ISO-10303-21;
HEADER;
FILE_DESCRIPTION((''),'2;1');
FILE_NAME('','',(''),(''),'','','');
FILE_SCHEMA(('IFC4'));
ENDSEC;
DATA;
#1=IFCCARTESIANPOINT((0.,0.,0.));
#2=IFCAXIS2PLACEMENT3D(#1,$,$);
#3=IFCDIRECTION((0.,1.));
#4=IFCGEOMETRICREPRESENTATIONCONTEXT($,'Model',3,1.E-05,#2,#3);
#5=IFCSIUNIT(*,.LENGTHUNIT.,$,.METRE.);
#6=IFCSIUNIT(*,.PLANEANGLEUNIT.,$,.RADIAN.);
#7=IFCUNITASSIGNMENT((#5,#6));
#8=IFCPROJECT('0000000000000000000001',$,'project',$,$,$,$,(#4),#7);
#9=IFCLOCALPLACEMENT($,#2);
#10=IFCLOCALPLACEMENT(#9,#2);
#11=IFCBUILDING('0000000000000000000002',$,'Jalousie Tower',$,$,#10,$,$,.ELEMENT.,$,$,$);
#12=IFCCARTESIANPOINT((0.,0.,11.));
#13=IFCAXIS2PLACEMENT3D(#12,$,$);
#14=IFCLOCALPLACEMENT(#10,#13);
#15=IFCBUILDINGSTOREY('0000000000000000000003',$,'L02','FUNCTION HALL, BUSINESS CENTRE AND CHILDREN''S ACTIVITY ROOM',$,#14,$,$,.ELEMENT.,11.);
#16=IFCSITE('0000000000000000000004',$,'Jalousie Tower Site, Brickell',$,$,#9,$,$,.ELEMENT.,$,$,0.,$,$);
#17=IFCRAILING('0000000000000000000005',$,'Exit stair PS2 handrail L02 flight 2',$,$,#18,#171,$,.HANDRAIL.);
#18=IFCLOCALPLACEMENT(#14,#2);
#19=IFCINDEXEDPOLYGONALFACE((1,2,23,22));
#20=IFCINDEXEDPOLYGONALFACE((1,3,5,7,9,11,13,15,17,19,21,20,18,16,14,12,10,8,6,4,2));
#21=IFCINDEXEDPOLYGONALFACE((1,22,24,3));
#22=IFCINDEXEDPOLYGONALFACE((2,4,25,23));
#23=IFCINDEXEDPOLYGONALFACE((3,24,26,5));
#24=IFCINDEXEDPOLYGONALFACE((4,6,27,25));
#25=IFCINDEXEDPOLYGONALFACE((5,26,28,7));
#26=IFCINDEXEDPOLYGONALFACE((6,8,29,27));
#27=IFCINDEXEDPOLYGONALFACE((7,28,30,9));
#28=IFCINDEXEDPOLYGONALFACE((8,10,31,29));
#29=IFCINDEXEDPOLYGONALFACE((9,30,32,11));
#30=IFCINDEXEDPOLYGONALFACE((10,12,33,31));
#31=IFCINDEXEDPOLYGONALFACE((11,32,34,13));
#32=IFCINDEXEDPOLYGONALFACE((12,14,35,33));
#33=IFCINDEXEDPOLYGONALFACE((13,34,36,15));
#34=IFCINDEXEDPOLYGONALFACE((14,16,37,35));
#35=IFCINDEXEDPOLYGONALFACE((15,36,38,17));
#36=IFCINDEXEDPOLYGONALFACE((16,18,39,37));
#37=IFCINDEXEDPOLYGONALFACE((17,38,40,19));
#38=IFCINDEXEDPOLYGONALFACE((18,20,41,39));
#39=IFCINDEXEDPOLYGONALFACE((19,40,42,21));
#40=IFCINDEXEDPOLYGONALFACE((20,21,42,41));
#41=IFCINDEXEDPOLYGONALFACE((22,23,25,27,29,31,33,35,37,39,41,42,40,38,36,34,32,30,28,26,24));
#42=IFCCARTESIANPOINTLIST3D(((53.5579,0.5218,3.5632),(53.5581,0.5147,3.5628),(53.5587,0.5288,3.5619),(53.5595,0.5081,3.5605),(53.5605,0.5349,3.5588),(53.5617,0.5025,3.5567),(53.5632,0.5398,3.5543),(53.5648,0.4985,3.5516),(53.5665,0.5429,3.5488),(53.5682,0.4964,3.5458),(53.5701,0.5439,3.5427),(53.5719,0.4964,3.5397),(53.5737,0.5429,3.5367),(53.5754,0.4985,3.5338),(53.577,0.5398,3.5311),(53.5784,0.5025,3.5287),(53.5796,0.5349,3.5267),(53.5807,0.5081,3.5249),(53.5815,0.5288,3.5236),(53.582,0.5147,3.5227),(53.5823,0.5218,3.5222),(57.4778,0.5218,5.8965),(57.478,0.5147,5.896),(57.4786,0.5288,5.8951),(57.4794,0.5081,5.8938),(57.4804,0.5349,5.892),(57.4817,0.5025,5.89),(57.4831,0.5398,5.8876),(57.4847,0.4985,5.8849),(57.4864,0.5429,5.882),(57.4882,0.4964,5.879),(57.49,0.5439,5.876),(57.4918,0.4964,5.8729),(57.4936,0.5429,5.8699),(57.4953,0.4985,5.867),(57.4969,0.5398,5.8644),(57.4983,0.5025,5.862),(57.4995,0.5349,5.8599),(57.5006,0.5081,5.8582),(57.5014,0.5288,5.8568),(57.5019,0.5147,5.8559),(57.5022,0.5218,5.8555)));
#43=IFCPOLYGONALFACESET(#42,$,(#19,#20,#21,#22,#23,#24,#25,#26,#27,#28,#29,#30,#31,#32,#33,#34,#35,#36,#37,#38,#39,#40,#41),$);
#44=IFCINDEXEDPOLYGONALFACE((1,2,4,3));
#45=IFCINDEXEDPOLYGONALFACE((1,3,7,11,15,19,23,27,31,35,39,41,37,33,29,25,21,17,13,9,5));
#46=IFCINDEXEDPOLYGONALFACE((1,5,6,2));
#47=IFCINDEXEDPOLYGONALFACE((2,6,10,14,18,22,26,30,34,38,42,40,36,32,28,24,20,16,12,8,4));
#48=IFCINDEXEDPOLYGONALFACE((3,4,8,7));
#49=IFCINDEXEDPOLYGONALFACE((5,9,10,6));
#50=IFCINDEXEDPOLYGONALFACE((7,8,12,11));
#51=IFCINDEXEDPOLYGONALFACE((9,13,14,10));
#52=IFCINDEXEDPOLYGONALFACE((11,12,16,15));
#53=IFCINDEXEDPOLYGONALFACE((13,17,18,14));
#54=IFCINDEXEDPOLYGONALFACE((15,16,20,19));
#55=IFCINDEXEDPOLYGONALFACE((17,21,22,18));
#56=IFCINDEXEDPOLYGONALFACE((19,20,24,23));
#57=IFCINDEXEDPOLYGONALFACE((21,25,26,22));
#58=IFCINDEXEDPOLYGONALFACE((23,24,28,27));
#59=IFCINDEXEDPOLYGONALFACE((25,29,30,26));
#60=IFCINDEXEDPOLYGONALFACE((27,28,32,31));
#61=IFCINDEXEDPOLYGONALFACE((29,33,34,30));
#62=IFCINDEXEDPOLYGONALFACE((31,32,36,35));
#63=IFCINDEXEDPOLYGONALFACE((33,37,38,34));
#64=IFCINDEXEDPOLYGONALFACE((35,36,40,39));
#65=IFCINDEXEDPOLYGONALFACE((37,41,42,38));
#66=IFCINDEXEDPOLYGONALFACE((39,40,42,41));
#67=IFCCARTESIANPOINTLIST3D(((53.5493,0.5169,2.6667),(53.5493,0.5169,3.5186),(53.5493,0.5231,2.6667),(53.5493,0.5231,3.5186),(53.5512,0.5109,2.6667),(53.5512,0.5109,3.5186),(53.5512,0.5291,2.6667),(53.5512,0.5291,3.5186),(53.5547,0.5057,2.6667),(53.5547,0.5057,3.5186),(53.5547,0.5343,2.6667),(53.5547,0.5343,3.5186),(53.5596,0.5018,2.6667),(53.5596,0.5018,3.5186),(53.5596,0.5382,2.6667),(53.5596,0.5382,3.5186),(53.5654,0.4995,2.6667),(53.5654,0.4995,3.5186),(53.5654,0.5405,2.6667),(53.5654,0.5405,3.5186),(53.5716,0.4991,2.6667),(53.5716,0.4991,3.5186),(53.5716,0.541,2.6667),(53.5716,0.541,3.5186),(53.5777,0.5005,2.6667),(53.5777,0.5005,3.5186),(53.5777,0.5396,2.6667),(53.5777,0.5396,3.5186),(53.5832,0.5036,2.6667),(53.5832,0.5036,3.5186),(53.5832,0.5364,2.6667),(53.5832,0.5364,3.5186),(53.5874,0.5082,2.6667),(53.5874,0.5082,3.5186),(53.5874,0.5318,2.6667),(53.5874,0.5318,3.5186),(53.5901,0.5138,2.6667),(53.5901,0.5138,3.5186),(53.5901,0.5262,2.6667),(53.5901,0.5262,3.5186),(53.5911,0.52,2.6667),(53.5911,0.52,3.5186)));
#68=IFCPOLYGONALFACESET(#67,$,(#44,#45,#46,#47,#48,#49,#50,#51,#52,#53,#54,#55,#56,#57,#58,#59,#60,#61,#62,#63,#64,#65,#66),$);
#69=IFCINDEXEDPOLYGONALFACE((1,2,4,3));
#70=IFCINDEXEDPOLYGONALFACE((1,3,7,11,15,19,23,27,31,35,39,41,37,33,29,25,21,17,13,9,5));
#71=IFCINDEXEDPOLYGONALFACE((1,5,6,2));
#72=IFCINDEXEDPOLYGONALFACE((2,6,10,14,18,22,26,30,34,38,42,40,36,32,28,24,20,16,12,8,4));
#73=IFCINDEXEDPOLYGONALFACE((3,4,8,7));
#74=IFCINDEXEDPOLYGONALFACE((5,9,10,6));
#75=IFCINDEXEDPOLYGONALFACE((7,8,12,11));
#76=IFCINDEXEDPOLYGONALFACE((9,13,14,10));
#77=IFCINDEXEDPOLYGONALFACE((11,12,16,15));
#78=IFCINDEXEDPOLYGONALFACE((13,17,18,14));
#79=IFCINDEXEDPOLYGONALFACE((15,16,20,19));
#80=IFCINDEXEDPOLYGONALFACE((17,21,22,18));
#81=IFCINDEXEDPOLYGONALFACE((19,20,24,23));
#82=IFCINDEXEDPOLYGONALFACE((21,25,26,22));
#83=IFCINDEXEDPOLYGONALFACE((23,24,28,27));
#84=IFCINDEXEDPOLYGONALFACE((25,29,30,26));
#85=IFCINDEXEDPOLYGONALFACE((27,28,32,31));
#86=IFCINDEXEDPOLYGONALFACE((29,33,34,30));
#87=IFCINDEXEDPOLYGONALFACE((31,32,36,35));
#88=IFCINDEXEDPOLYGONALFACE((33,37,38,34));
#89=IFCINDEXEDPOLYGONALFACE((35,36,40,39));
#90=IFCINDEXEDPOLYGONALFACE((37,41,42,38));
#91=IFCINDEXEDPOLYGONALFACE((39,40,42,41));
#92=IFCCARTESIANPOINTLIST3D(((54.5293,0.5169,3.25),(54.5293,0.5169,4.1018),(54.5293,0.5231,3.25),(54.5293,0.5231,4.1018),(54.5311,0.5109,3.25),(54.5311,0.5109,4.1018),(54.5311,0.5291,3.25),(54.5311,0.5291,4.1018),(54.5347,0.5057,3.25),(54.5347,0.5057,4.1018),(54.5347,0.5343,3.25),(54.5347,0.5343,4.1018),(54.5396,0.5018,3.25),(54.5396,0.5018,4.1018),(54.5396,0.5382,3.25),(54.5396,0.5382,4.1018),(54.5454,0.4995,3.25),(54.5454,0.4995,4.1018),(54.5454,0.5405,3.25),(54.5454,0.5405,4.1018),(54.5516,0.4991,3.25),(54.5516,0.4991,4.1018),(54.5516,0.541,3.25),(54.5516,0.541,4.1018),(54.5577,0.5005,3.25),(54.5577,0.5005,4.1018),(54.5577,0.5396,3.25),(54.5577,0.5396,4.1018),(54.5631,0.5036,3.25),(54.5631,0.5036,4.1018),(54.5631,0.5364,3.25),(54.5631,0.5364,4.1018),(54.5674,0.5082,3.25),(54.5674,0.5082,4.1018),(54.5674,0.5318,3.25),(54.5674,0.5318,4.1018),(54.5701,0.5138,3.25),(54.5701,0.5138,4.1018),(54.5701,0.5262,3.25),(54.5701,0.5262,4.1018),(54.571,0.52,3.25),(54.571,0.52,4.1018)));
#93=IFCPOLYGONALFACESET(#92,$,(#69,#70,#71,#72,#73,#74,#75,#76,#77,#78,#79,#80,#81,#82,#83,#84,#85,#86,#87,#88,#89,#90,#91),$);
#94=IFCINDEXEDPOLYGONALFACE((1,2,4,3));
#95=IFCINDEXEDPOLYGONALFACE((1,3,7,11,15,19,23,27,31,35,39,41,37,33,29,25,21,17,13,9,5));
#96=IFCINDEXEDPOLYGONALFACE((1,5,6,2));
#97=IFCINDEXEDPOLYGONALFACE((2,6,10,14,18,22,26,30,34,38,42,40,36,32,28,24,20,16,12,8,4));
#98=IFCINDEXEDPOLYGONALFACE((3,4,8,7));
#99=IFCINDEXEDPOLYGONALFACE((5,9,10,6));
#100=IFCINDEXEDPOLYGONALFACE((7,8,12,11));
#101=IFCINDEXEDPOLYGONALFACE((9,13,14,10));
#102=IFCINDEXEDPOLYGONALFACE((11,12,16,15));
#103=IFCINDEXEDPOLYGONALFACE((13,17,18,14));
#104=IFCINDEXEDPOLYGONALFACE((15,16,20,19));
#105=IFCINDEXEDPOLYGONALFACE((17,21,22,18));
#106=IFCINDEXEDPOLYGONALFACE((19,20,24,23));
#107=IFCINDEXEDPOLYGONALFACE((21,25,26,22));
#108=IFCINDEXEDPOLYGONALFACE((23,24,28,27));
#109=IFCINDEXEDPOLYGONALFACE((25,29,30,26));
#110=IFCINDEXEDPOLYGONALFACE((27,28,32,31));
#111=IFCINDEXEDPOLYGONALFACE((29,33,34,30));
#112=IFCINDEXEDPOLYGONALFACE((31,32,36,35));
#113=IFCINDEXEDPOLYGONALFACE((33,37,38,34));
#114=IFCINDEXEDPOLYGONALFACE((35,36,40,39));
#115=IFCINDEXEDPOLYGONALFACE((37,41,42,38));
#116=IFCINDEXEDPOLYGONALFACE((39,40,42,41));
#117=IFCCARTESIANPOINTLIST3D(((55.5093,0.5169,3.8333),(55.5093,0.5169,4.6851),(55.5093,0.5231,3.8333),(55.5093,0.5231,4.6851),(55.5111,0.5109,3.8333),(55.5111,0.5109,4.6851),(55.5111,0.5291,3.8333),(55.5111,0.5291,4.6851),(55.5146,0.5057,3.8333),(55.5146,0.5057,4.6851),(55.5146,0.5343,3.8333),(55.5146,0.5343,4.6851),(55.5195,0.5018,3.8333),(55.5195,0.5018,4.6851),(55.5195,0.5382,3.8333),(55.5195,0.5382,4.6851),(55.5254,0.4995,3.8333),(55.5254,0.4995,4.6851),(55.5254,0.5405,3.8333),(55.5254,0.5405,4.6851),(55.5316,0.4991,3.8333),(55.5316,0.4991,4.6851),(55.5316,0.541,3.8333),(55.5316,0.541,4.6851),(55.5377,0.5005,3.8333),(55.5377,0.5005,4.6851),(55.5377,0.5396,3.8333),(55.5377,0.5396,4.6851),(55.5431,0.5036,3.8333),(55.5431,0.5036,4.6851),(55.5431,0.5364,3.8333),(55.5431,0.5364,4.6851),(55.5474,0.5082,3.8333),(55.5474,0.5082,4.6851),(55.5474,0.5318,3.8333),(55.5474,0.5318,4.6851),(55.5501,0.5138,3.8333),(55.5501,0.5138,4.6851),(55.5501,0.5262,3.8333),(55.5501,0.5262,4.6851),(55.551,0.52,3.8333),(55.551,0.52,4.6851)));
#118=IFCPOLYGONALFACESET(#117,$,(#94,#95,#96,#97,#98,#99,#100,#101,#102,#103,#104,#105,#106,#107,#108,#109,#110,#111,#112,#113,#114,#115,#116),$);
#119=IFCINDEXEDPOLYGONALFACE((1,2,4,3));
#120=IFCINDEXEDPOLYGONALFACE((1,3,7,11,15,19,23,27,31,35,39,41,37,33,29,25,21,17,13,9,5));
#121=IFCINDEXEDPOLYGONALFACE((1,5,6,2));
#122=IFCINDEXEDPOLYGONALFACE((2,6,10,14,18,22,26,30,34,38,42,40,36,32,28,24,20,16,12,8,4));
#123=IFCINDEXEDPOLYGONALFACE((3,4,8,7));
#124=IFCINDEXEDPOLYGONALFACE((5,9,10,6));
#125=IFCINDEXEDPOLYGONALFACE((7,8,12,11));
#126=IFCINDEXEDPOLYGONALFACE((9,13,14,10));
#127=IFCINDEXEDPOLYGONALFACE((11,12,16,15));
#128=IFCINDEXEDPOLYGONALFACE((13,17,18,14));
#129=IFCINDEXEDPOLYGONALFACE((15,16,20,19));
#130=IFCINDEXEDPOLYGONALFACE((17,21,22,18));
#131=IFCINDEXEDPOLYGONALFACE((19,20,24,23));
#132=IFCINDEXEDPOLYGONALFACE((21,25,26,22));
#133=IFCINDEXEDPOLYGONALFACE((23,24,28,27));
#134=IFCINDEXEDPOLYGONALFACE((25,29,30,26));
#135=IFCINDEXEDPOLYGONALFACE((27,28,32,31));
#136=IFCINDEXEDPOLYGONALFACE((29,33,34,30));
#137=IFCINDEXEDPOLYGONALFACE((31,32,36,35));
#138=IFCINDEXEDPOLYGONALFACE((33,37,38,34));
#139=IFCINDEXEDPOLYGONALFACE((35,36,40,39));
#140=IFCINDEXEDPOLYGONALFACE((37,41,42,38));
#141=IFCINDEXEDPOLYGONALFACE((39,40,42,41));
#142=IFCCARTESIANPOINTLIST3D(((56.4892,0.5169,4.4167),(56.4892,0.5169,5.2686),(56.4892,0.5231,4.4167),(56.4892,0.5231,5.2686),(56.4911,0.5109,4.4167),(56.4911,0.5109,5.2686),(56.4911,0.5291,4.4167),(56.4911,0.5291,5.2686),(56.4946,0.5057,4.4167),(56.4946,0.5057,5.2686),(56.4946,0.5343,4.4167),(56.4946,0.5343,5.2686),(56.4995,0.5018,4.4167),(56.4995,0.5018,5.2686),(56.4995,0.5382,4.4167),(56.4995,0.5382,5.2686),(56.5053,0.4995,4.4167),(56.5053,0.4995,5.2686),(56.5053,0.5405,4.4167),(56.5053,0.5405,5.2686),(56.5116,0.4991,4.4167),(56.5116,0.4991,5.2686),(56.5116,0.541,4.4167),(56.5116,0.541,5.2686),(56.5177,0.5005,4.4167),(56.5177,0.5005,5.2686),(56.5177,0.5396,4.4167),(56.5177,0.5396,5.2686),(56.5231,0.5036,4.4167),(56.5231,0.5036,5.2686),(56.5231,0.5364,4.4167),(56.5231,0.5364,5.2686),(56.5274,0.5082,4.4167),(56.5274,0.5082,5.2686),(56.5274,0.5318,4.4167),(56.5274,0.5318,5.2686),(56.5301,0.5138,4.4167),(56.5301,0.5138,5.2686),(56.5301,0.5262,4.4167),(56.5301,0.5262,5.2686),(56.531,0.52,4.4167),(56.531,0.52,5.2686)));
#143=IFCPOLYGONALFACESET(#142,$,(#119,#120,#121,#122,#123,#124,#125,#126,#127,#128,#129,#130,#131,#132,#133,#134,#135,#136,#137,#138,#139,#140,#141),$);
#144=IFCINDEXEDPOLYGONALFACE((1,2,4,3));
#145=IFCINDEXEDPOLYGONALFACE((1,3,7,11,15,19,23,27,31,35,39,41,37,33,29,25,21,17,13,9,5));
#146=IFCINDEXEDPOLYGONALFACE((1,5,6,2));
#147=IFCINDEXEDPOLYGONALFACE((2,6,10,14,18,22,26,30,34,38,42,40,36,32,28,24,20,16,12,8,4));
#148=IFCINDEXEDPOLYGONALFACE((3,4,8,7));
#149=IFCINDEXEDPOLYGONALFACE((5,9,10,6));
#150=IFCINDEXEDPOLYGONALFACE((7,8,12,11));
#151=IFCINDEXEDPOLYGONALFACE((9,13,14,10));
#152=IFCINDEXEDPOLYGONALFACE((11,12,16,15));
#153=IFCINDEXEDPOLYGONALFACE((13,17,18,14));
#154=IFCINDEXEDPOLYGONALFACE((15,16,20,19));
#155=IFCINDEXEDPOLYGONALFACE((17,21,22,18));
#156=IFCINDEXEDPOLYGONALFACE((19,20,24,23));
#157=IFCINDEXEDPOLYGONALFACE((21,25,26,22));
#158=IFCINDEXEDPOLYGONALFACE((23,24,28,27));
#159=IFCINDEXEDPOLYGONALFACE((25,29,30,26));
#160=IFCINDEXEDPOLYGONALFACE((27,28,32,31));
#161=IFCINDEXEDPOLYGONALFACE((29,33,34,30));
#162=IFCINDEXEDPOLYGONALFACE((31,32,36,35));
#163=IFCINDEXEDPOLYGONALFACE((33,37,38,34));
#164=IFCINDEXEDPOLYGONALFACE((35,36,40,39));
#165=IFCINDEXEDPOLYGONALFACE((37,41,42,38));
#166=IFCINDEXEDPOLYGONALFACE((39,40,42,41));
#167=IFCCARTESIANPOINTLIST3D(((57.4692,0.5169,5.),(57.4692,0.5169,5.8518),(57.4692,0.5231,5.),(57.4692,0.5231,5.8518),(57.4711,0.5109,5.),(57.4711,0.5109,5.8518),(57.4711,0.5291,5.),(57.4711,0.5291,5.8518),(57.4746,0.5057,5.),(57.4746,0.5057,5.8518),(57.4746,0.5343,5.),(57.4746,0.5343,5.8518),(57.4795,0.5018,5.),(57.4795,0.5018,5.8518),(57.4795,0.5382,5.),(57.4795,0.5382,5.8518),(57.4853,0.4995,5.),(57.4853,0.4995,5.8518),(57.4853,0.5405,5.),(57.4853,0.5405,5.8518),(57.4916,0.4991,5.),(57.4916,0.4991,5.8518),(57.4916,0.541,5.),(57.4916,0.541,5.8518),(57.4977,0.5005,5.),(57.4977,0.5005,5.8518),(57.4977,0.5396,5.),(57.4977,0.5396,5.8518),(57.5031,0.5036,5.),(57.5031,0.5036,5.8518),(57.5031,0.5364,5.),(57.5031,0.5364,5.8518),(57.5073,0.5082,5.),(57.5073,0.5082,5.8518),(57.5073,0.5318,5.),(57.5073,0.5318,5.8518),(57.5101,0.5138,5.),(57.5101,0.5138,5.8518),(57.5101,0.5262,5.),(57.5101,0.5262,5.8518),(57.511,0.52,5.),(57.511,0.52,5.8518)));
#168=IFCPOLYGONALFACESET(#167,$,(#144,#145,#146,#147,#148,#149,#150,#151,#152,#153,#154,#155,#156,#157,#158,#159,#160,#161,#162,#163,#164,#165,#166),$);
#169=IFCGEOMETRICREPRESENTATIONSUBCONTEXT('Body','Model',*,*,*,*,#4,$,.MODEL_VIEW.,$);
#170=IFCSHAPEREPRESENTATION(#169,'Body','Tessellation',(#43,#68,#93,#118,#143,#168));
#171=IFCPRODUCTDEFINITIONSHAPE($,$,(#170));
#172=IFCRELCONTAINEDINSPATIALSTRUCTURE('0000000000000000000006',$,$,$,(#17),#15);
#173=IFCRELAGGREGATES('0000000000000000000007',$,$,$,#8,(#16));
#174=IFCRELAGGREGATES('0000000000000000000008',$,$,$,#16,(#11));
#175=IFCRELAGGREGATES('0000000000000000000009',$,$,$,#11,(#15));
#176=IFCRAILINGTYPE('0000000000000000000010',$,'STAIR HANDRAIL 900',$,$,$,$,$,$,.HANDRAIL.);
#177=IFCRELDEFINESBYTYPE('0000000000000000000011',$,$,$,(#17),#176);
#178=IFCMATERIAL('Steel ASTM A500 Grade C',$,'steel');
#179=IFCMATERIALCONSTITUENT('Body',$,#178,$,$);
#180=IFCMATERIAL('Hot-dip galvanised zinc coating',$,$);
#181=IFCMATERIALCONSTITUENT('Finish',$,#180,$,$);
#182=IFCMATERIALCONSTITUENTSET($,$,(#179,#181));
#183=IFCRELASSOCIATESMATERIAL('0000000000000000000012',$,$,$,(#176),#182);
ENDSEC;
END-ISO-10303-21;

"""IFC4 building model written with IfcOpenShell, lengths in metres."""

from ifc_helpers import new_model, si_unit, direction, frame, origin, origin_2d, place, context, subcontext, project, spatial, circle, extrude, material, constituent, constituent_set, type_object, element, save


model = new_model("IFC4")

# Units and contexts
model_context = context("Model", 3, precision=1e-05, world=origin(), true_north=direction((0.0, 1.0)))
body_context = subcontext(model_context, "Body", "Model", "MODEL_VIEW")
ifc_project = project(units=[si_unit("LENGTHUNIT", "METRE"), si_unit("PLANEANGLEUNIT", "RADIAN")], contexts=[model_context])

# Site, building, storey
site_placement = place(None, origin())
site = spatial("IfcSite", under=ifc_project, at=site_placement, Name="Jalousie Tower Site, Brickell", CompositionType="ELEMENT", RefElevation=0.0)
building_placement = place(site_placement, origin())
building = spatial("IfcBuilding", under=site, at=building_placement, Name="Jalousie Tower", CompositionType="ELEMENT")
storey_placement = place(building_placement, frame((0.0, 0.0, 11.0)))
storey = spatial("IfcBuildingStorey", under=building, at=storey_placement, Name="L02", Description="FUNCTION HALL, BUSINESS CENTRE AND CHILDREN'S ACTIVITY ROOM", CompositionType="ELEMENT", Elevation=11.0)

# Railing
ifc_material_1 = material(Name="Steel ASTM A500 Grade C", Category="steel")
ifc_constituent_1 = constituent(ifc_material_1, Name="Body")
ifc_material_2 = material(Name="Hot-dip galvanised zinc coating")
ifc_constituent_2 = constituent(ifc_material_2, Name="Finish")
ifc_constituent_set_1 = constituent_set(constituents=[ifc_constituent_1, ifc_constituent_2])
railing_type_1 = type_object("IfcRailingType", Name="STAIR HANDRAIL 900", PredefinedType="HANDRAIL", material=ifc_constituent_set_1)
railing_1_placement = place(storey_placement, frame((53.5701, 0.52, 2.6667)))
element("IfcRailing", 1, at=railing_1_placement, inside=storey, type_object=railing_type_1, Name="Exit stair PS2 handrail L02 flight 2", PredefinedType="HANDRAIL", context=body_context, shape_type="SweptSolid", body=[
    extrude(circle(Radius=0.0239, at=origin_2d()), frame((0.0, 0.0, 0.876), z_axis=(0.859296, 0.0, 0.511478), x_axis=(0.0, 1.0, 0.0)), (0.0, 0.0, 1.0), 4.5618),
    extrude(circle(Radius=0.021, at=origin_2d()), origin(), (0.0, 0.0, 1.0), 0.8518),
    extrude(circle(Radius=0.021, at=origin_2d()), frame((0.98, 0.0, 0.5833)), (0.0, 0.0, 1.0), 0.8518),
    extrude(circle(Radius=0.021, at=origin_2d()), frame((1.96, 0.0, 1.1665)), (0.0, 0.0, 1.0), 0.8518),
    extrude(circle(Radius=0.021, at=origin_2d()), frame((2.9399, 0.0, 1.75)), (0.0, 0.0, 1.0), 0.8518),
    extrude(circle(Radius=0.021, at=origin_2d()), frame((3.9199, 0.0, 2.3333)), (0.0, 0.0, 1.0), 0.8518),
])

save(model, "model.ifc")
